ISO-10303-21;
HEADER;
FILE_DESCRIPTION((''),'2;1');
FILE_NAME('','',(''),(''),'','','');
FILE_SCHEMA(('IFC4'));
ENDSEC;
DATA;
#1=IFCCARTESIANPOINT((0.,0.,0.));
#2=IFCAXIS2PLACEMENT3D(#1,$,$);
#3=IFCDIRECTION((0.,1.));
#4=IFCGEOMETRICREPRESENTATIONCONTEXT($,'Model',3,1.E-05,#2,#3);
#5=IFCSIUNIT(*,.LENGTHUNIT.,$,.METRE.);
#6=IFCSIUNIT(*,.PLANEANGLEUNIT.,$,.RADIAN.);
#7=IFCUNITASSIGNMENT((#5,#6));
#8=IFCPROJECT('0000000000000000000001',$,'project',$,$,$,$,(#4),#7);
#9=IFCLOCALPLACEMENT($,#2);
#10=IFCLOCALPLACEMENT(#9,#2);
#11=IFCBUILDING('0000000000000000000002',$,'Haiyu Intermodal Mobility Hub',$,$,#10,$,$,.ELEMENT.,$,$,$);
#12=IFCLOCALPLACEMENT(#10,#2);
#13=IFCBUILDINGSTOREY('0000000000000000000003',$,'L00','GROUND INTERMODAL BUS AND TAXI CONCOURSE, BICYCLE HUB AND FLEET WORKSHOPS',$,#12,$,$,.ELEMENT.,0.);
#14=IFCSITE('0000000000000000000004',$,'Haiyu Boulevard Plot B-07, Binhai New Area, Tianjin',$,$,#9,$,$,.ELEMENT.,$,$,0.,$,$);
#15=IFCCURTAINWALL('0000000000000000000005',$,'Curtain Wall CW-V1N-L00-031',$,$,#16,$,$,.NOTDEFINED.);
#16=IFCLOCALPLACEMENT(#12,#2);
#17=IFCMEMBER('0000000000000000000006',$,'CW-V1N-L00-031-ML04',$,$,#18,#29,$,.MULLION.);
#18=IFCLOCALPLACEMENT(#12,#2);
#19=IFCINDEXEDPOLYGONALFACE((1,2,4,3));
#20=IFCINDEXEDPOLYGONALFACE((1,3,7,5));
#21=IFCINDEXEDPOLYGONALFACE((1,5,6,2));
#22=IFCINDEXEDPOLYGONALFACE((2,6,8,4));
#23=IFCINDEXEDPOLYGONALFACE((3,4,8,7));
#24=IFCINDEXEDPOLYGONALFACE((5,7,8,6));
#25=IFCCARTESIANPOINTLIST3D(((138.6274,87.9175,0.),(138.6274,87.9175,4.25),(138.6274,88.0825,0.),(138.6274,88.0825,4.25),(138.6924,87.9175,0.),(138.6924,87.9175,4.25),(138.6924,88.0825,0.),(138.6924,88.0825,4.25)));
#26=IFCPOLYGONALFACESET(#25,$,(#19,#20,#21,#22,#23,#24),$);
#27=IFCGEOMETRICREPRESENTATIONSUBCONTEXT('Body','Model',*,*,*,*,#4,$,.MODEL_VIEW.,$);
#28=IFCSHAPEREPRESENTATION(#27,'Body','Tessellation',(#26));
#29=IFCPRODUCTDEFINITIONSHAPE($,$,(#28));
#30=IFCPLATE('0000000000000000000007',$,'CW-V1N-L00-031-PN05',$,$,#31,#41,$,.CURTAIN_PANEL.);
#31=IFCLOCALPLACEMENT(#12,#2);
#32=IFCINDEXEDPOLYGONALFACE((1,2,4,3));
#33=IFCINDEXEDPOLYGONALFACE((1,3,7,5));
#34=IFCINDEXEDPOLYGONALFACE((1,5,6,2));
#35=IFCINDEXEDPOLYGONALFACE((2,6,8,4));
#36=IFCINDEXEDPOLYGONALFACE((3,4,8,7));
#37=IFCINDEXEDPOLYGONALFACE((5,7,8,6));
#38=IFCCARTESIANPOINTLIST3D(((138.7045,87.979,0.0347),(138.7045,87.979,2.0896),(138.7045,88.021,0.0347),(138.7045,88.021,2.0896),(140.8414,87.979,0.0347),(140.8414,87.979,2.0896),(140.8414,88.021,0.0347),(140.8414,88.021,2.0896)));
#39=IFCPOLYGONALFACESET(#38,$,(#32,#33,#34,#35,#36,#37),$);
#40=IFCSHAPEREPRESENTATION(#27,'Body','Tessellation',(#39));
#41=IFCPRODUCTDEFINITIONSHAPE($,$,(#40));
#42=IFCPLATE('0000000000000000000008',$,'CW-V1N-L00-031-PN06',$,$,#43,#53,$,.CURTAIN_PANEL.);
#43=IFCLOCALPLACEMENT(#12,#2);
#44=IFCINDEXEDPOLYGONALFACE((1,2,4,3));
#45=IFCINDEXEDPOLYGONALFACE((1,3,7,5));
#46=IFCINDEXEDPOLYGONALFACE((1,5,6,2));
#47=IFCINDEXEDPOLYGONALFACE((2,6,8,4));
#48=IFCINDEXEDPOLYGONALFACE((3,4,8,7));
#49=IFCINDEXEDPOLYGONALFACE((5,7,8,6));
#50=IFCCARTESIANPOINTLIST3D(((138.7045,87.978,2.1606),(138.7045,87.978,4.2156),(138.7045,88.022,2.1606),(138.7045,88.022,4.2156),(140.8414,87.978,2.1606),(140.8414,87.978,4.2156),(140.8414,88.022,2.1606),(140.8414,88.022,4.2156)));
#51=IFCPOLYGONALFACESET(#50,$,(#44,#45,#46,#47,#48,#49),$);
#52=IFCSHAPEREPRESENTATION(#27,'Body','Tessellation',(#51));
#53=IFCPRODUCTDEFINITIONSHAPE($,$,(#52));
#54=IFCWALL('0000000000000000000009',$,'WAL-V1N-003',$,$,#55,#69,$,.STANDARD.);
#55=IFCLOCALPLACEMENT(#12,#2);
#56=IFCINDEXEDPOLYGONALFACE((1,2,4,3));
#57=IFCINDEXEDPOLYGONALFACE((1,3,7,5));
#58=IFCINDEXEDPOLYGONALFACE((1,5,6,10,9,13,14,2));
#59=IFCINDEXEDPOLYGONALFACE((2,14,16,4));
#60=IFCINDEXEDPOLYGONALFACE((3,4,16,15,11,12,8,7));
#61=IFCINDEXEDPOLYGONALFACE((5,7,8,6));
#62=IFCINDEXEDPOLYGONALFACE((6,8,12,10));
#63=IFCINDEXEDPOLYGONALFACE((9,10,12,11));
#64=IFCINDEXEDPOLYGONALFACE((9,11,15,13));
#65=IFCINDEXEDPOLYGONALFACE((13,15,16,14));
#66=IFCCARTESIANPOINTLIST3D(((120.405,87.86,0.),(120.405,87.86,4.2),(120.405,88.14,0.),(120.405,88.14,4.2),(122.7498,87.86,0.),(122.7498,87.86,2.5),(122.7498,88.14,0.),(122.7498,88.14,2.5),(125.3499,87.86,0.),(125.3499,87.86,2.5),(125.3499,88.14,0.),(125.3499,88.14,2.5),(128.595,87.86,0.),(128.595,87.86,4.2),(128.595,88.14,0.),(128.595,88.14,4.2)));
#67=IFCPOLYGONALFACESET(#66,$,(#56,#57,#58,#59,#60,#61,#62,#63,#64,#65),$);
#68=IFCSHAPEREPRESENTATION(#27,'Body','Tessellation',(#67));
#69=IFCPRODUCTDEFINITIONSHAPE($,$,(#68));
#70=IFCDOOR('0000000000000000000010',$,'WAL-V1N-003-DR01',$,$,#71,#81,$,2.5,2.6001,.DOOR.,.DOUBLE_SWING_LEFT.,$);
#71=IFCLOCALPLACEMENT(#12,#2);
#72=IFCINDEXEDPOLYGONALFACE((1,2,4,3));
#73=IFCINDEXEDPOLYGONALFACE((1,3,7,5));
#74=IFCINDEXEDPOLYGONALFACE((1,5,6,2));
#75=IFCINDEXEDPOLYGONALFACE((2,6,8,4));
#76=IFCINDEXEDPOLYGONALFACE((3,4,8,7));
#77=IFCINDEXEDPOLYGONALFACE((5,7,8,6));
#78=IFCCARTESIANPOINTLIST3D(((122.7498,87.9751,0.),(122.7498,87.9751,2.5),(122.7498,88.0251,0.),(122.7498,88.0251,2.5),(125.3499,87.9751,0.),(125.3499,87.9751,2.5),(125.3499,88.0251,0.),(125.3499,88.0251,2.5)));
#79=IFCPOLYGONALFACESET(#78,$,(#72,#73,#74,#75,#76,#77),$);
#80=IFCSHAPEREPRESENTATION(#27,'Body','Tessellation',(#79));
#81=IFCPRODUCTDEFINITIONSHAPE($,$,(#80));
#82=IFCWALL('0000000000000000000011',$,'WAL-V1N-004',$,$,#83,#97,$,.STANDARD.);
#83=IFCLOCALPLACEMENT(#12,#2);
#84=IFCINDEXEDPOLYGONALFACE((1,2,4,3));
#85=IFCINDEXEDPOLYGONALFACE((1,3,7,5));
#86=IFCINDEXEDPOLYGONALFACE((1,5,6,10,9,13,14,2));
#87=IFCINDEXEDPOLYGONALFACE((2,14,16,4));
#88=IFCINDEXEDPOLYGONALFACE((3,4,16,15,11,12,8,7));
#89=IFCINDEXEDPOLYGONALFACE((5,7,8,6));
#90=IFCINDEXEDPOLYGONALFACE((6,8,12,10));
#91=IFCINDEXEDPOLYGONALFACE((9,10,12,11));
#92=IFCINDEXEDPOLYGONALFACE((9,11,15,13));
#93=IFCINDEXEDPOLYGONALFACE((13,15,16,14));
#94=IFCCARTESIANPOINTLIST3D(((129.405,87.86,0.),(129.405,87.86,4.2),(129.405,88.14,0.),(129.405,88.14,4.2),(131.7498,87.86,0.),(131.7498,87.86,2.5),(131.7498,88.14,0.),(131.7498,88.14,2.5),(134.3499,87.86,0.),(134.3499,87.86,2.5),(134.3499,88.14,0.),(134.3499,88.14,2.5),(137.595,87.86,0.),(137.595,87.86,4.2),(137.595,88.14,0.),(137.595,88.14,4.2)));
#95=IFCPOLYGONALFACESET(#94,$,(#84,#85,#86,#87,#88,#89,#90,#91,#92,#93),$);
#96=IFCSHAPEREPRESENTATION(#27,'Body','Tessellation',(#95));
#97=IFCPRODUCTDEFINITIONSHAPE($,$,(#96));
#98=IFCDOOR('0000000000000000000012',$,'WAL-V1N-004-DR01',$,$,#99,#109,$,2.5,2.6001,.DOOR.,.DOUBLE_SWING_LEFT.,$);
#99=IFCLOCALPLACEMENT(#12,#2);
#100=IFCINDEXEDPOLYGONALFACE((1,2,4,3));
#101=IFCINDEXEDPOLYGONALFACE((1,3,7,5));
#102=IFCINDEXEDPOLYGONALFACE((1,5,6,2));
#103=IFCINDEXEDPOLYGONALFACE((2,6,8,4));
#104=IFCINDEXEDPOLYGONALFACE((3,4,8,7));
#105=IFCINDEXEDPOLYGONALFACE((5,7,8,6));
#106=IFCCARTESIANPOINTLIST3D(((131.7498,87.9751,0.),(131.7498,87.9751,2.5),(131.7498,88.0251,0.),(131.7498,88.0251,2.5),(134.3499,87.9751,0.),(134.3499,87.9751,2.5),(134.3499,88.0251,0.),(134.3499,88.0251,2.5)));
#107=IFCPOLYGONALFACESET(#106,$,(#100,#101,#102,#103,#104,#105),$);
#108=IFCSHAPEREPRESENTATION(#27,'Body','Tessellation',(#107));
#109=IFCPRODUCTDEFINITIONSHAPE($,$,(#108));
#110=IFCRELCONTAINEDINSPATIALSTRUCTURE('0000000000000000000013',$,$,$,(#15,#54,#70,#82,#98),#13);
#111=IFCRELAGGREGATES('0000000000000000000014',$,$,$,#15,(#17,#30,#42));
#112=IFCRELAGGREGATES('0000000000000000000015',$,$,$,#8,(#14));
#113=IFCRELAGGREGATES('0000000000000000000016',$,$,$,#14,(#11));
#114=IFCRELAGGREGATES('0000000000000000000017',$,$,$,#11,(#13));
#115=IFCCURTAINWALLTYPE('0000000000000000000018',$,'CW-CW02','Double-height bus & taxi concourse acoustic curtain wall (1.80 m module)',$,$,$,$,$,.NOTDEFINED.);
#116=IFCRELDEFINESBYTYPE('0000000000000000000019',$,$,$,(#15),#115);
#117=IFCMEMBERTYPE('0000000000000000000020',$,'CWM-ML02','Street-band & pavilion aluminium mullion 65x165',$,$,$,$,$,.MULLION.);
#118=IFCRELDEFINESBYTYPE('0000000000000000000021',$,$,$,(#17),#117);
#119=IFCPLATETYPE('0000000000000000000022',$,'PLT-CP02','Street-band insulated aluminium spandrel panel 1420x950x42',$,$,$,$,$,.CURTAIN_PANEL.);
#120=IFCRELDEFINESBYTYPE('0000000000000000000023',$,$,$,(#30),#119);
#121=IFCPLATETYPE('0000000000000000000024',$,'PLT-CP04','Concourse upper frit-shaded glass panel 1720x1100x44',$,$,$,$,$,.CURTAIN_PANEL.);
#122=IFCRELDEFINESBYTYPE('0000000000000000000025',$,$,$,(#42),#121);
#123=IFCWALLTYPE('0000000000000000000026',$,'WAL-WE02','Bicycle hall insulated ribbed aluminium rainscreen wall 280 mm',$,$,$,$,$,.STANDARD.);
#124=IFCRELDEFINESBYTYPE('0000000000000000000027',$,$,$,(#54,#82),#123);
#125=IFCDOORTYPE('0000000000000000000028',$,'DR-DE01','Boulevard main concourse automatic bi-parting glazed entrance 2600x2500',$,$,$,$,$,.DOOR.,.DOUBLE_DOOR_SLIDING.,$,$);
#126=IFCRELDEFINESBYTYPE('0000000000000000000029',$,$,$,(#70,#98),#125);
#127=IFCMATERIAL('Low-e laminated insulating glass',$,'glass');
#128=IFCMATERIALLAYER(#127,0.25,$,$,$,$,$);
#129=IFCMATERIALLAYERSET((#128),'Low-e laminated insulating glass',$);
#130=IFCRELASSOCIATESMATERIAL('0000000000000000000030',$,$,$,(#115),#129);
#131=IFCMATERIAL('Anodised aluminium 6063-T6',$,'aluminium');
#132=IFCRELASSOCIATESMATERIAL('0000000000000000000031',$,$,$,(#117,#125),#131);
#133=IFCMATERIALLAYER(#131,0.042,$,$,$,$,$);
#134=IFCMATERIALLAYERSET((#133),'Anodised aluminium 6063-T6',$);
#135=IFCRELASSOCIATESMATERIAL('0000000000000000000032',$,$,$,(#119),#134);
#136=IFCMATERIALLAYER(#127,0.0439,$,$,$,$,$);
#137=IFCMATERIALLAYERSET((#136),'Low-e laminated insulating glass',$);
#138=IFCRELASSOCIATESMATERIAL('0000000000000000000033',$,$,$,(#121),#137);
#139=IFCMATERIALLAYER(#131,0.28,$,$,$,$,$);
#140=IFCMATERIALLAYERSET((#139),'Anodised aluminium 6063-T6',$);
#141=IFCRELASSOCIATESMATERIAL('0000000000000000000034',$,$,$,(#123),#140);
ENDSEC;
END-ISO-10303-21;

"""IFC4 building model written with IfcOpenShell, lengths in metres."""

from ifc_helpers import new_model, si_unit, direction, frame, frame_2d, origin, origin_2d, place, context, subcontext, project, spatial, rectangle, extrude, material, layer, layer_set, material_profile, profile_set, type_object, element, fill, aggregate, save


model = new_model("IFC4")

# Units and contexts
model_context = context("Model", 3, precision=1e-05, world=origin(), true_north=direction((0.0, 1.0)))
body_context = subcontext(model_context, "Body", "Model", "MODEL_VIEW")
ifc_project = project(units=[si_unit("LENGTHUNIT", "METRE"), si_unit("PLANEANGLEUNIT", "RADIAN")], contexts=[model_context])

# Site, building, storey
site_placement = place(None, origin())
site = spatial("IfcSite", under=ifc_project, at=site_placement, Name="Haiyu Boulevard Plot B-07, Binhai New Area, Tianjin", CompositionType="ELEMENT", RefElevation=0.0)
building_placement = place(site_placement, origin())
building = spatial("IfcBuilding", under=site, at=building_placement, Name="Haiyu Intermodal Mobility Hub", CompositionType="ELEMENT")
storey_placement = place(building_placement, origin())
storey = spatial("IfcBuildingStorey", under=building, at=storey_placement, Name="L00", Description="GROUND INTERMODAL BUS AND TAXI CONCOURSE, BICYCLE HUB AND FLEET WORKSHOPS", CompositionType="ELEMENT", Elevation=0.0)

# Curtain wall, member, plates
ifc_material_1 = material(Name="Low-e laminated insulating glass", Category="glass")
ifc_layer_1 = layer(ifc_material_1, 0.25)
ifc_layer_set_1 = layer_set([ifc_layer_1], Name="Low-e laminated insulating glass")
curtain_wall_type = type_object("IfcCurtainWallType", Name="CW-CW02", Description="Double-height bus & taxi concourse acoustic curtain wall (1.80 m module)", PredefinedType="NOTDEFINED", material=ifc_layer_set_1)
curtain_wall_placement = place(storey_placement, origin())
curtain_wall = element("IfcCurtainWall", 1, at=curtain_wall_placement, inside=storey, type_object=curtain_wall_type, Name="Curtain Wall CW-V1N-L00-031", PredefinedType="NOTDEFINED")
ifc_material_2 = material(Name="Anodised aluminium 6063-T6", Category="aluminium")
ifc_material_profile_1 = material_profile(ifc_material_2, rectangle(XDim=0.0649, YDim=0.165, at=origin_2d()), Name="ALU65x165")
ifc_profile_set_1 = profile_set([ifc_material_profile_1], Name="Anodised aluminium 6063-T6")
member_type = type_object("IfcMemberType", Name="CWM-ML02", Description="Street-band & pavilion aluminium mullion 65x165", PredefinedType="MULLION", material=ifc_profile_set_1)
member_1_placement = place(storey_placement, frame((138.6599, 88.0, 0.0), z_axis=(0.0, 0.0, 1.0), x_axis=(1.0, 0.0, 0.0)))
member_1 = element("IfcMember", 2, at=member_1_placement, type_object=member_type, Name="CW-V1N-L00-031-ML04", PredefinedType="MULLION", context=body_context, shape_type="SweptSolid", body=[
    extrude(rectangle(XDim=0.0649, YDim=0.165, at=origin_2d()), origin(), (0.0, 0.0, 1.0), 4.25),
])
ifc_layer_2 = layer(ifc_material_2, 0.042)
ifc_layer_set_2 = layer_set([ifc_layer_2], Name="Anodised aluminium 6063-T6")
plate_type_1 = type_object("IfcPlateType", Name="PLT-CP02", Description="Street-band insulated aluminium spandrel panel 1420x950x42", PredefinedType="CURTAIN_PANEL", material=ifc_layer_set_2)
plate_1_placement = place(storey_placement, frame((139.7729, 88.0, 0.0347), z_axis=(0.0, 0.0, 1.0), x_axis=(-1.0, 0.0, 0.0)))
plate_1 = element("IfcPlate", 3, at=plate_1_placement, type_object=plate_type_1, Name="CW-V1N-L00-031-PN05", PredefinedType="CURTAIN_PANEL", context=body_context, shape_type="SweptSolid", body=[
    extrude(rectangle(XDim=2.137, YDim=0.042, at=origin_2d()), origin(), (0.0, 0.0, 1.0), 2.0549),
])
ifc_layer_3 = layer(ifc_material_1, 0.0439)
ifc_layer_set_3 = layer_set([ifc_layer_3], Name="Low-e laminated insulating glass")
plate_type_2 = type_object("IfcPlateType", Name="PLT-CP04", Description="Concourse upper frit-shaded glass panel 1720x1100x44", PredefinedType="CURTAIN_PANEL", material=ifc_layer_set_3)
plate_2_placement = place(storey_placement, frame((139.7729, 88.0, 2.1606), z_axis=(0.0, 0.0, 1.0), x_axis=(-1.0, 0.0, 0.0)))
plate_2 = element("IfcPlate", 4, at=plate_2_placement, type_object=plate_type_2, Name="CW-V1N-L00-031-PN06", PredefinedType="CURTAIN_PANEL", context=body_context, shape_type="SweptSolid", body=[
    extrude(rectangle(XDim=2.137, YDim=0.0439, at=origin_2d()), origin(), (0.0, 0.0, 1.0), 2.0549),
])
aggregate(curtain_wall, [member_1, plate_1, plate_2])

# Walls, openings, doors
ifc_layer_4 = layer(ifc_material_2, 0.28)
ifc_layer_set_4 = layer_set([ifc_layer_4], Name="Anodised aluminium 6063-T6")
wall_type = type_object("IfcWallType", Name="WAL-WE02", Description="Bicycle hall insulated ribbed aluminium rainscreen wall 280 mm", PredefinedType="STANDARD", material=ifc_layer_set_4)
wall_1_placement = place(storey_placement, frame((128.595, 88.0, 0.0), z_axis=(0.0, 0.0, 1.0), x_axis=(-1.0, 0.0, 0.0)))
wall_1 = element("IfcWall", 5, at=wall_1_placement, inside=storey, type_object=wall_type, Name="WAL-V1N-003", PredefinedType="STANDARD", context=body_context, shape_type="SweptSolid", body=[
    extrude(rectangle(XDim=8.1899, YDim=0.28, at=frame_2d((4.095, 0.0))), origin(), (0.0, 0.0, 1.0), 4.2),
])
opening_1_placement = place(wall_1_placement, frame((3.2451, 0.0, 0.0)))
opening_1 = element("IfcOpeningElement", 6, at=opening_1_placement, cuts=wall_1, PredefinedType="OPENING", context=body_context, shape_type="SweptSolid", body=[
    extrude(rectangle(XDim=2.6001, YDim=2.5, at=frame_2d((1.3, 1.25))), frame((0.0, 0.1499, 0.0), z_axis=(0.0, -1.0, 0.0), x_axis=(1.0, 0.0, 0.0)), (0.0, 0.0, 1.0), 0.3),
])
door_type = type_object("IfcDoorType", Name="DR-DE01", Description="Boulevard main concourse automatic bi-parting glazed entrance 2600x2500", OperationType="DOUBLE_DOOR_SLIDING", PredefinedType="DOOR", material=ifc_material_2)
door_1_placement = place(opening_1_placement, origin())
door_1 = element("IfcDoor", 7, at=door_1_placement, inside=storey, type_object=door_type, Name="WAL-V1N-003-DR01", OperationType="DOUBLE_SWING_LEFT", OverallHeight=2.5, OverallWidth=2.6001, PredefinedType="DOOR", context=body_context, shape_type="SweptSolid", body=[
    extrude(rectangle(XDim=2.6001, YDim=2.5, at=frame_2d((1.3, 1.25))), frame((0.0, 0.0249, 0.0), z_axis=(0.0, -1.0, 0.0), x_axis=(1.0, 0.0, 0.0)), (0.0, 0.0, 1.0), 0.05),
])
fill(opening_1, door_1)
wall_2_placement = place(storey_placement, frame((137.595, 88.0, 0.0), z_axis=(0.0, 0.0, 1.0), x_axis=(-1.0, 0.0, 0.0)))
wall_2 = element("IfcWall", 8, at=wall_2_placement, inside=storey, type_object=wall_type, Name="WAL-V1N-004", PredefinedType="STANDARD", context=body_context, shape_type="SweptSolid", body=[
    extrude(rectangle(XDim=8.1899, YDim=0.28, at=frame_2d((4.095, 0.0))), origin(), (0.0, 0.0, 1.0), 4.2),
])
opening_2_placement = place(wall_2_placement, frame((3.2451, 0.0, 0.0)))
opening_2 = element("IfcOpeningElement", 9, at=opening_2_placement, cuts=wall_2, PredefinedType="OPENING", context=body_context, shape_type="SweptSolid", body=[
    extrude(rectangle(XDim=2.6001, YDim=2.5, at=frame_2d((1.3, 1.25))), frame((0.0, 0.1499, 0.0), z_axis=(0.0, -1.0, 0.0), x_axis=(1.0, 0.0, 0.0)), (0.0, 0.0, 1.0), 0.3),
])
door_2_placement = place(opening_2_placement, origin())
door_2 = element("IfcDoor", 10, at=door_2_placement, inside=storey, type_object=door_type, Name="WAL-V1N-004-DR01", OperationType="DOUBLE_SWING_LEFT", OverallHeight=2.5, OverallWidth=2.6001, PredefinedType="DOOR", context=body_context, shape_type="SweptSolid", body=[
    extrude(rectangle(XDim=2.6001, YDim=2.5, at=frame_2d((1.3, 1.25))), frame((0.0, 0.0249, 0.0), z_axis=(0.0, -1.0, 0.0), x_axis=(1.0, 0.0, 0.0)), (0.0, 0.0, 1.0), 0.05),
])
fill(opening_2, door_2)

save(model, "model.ifc")
